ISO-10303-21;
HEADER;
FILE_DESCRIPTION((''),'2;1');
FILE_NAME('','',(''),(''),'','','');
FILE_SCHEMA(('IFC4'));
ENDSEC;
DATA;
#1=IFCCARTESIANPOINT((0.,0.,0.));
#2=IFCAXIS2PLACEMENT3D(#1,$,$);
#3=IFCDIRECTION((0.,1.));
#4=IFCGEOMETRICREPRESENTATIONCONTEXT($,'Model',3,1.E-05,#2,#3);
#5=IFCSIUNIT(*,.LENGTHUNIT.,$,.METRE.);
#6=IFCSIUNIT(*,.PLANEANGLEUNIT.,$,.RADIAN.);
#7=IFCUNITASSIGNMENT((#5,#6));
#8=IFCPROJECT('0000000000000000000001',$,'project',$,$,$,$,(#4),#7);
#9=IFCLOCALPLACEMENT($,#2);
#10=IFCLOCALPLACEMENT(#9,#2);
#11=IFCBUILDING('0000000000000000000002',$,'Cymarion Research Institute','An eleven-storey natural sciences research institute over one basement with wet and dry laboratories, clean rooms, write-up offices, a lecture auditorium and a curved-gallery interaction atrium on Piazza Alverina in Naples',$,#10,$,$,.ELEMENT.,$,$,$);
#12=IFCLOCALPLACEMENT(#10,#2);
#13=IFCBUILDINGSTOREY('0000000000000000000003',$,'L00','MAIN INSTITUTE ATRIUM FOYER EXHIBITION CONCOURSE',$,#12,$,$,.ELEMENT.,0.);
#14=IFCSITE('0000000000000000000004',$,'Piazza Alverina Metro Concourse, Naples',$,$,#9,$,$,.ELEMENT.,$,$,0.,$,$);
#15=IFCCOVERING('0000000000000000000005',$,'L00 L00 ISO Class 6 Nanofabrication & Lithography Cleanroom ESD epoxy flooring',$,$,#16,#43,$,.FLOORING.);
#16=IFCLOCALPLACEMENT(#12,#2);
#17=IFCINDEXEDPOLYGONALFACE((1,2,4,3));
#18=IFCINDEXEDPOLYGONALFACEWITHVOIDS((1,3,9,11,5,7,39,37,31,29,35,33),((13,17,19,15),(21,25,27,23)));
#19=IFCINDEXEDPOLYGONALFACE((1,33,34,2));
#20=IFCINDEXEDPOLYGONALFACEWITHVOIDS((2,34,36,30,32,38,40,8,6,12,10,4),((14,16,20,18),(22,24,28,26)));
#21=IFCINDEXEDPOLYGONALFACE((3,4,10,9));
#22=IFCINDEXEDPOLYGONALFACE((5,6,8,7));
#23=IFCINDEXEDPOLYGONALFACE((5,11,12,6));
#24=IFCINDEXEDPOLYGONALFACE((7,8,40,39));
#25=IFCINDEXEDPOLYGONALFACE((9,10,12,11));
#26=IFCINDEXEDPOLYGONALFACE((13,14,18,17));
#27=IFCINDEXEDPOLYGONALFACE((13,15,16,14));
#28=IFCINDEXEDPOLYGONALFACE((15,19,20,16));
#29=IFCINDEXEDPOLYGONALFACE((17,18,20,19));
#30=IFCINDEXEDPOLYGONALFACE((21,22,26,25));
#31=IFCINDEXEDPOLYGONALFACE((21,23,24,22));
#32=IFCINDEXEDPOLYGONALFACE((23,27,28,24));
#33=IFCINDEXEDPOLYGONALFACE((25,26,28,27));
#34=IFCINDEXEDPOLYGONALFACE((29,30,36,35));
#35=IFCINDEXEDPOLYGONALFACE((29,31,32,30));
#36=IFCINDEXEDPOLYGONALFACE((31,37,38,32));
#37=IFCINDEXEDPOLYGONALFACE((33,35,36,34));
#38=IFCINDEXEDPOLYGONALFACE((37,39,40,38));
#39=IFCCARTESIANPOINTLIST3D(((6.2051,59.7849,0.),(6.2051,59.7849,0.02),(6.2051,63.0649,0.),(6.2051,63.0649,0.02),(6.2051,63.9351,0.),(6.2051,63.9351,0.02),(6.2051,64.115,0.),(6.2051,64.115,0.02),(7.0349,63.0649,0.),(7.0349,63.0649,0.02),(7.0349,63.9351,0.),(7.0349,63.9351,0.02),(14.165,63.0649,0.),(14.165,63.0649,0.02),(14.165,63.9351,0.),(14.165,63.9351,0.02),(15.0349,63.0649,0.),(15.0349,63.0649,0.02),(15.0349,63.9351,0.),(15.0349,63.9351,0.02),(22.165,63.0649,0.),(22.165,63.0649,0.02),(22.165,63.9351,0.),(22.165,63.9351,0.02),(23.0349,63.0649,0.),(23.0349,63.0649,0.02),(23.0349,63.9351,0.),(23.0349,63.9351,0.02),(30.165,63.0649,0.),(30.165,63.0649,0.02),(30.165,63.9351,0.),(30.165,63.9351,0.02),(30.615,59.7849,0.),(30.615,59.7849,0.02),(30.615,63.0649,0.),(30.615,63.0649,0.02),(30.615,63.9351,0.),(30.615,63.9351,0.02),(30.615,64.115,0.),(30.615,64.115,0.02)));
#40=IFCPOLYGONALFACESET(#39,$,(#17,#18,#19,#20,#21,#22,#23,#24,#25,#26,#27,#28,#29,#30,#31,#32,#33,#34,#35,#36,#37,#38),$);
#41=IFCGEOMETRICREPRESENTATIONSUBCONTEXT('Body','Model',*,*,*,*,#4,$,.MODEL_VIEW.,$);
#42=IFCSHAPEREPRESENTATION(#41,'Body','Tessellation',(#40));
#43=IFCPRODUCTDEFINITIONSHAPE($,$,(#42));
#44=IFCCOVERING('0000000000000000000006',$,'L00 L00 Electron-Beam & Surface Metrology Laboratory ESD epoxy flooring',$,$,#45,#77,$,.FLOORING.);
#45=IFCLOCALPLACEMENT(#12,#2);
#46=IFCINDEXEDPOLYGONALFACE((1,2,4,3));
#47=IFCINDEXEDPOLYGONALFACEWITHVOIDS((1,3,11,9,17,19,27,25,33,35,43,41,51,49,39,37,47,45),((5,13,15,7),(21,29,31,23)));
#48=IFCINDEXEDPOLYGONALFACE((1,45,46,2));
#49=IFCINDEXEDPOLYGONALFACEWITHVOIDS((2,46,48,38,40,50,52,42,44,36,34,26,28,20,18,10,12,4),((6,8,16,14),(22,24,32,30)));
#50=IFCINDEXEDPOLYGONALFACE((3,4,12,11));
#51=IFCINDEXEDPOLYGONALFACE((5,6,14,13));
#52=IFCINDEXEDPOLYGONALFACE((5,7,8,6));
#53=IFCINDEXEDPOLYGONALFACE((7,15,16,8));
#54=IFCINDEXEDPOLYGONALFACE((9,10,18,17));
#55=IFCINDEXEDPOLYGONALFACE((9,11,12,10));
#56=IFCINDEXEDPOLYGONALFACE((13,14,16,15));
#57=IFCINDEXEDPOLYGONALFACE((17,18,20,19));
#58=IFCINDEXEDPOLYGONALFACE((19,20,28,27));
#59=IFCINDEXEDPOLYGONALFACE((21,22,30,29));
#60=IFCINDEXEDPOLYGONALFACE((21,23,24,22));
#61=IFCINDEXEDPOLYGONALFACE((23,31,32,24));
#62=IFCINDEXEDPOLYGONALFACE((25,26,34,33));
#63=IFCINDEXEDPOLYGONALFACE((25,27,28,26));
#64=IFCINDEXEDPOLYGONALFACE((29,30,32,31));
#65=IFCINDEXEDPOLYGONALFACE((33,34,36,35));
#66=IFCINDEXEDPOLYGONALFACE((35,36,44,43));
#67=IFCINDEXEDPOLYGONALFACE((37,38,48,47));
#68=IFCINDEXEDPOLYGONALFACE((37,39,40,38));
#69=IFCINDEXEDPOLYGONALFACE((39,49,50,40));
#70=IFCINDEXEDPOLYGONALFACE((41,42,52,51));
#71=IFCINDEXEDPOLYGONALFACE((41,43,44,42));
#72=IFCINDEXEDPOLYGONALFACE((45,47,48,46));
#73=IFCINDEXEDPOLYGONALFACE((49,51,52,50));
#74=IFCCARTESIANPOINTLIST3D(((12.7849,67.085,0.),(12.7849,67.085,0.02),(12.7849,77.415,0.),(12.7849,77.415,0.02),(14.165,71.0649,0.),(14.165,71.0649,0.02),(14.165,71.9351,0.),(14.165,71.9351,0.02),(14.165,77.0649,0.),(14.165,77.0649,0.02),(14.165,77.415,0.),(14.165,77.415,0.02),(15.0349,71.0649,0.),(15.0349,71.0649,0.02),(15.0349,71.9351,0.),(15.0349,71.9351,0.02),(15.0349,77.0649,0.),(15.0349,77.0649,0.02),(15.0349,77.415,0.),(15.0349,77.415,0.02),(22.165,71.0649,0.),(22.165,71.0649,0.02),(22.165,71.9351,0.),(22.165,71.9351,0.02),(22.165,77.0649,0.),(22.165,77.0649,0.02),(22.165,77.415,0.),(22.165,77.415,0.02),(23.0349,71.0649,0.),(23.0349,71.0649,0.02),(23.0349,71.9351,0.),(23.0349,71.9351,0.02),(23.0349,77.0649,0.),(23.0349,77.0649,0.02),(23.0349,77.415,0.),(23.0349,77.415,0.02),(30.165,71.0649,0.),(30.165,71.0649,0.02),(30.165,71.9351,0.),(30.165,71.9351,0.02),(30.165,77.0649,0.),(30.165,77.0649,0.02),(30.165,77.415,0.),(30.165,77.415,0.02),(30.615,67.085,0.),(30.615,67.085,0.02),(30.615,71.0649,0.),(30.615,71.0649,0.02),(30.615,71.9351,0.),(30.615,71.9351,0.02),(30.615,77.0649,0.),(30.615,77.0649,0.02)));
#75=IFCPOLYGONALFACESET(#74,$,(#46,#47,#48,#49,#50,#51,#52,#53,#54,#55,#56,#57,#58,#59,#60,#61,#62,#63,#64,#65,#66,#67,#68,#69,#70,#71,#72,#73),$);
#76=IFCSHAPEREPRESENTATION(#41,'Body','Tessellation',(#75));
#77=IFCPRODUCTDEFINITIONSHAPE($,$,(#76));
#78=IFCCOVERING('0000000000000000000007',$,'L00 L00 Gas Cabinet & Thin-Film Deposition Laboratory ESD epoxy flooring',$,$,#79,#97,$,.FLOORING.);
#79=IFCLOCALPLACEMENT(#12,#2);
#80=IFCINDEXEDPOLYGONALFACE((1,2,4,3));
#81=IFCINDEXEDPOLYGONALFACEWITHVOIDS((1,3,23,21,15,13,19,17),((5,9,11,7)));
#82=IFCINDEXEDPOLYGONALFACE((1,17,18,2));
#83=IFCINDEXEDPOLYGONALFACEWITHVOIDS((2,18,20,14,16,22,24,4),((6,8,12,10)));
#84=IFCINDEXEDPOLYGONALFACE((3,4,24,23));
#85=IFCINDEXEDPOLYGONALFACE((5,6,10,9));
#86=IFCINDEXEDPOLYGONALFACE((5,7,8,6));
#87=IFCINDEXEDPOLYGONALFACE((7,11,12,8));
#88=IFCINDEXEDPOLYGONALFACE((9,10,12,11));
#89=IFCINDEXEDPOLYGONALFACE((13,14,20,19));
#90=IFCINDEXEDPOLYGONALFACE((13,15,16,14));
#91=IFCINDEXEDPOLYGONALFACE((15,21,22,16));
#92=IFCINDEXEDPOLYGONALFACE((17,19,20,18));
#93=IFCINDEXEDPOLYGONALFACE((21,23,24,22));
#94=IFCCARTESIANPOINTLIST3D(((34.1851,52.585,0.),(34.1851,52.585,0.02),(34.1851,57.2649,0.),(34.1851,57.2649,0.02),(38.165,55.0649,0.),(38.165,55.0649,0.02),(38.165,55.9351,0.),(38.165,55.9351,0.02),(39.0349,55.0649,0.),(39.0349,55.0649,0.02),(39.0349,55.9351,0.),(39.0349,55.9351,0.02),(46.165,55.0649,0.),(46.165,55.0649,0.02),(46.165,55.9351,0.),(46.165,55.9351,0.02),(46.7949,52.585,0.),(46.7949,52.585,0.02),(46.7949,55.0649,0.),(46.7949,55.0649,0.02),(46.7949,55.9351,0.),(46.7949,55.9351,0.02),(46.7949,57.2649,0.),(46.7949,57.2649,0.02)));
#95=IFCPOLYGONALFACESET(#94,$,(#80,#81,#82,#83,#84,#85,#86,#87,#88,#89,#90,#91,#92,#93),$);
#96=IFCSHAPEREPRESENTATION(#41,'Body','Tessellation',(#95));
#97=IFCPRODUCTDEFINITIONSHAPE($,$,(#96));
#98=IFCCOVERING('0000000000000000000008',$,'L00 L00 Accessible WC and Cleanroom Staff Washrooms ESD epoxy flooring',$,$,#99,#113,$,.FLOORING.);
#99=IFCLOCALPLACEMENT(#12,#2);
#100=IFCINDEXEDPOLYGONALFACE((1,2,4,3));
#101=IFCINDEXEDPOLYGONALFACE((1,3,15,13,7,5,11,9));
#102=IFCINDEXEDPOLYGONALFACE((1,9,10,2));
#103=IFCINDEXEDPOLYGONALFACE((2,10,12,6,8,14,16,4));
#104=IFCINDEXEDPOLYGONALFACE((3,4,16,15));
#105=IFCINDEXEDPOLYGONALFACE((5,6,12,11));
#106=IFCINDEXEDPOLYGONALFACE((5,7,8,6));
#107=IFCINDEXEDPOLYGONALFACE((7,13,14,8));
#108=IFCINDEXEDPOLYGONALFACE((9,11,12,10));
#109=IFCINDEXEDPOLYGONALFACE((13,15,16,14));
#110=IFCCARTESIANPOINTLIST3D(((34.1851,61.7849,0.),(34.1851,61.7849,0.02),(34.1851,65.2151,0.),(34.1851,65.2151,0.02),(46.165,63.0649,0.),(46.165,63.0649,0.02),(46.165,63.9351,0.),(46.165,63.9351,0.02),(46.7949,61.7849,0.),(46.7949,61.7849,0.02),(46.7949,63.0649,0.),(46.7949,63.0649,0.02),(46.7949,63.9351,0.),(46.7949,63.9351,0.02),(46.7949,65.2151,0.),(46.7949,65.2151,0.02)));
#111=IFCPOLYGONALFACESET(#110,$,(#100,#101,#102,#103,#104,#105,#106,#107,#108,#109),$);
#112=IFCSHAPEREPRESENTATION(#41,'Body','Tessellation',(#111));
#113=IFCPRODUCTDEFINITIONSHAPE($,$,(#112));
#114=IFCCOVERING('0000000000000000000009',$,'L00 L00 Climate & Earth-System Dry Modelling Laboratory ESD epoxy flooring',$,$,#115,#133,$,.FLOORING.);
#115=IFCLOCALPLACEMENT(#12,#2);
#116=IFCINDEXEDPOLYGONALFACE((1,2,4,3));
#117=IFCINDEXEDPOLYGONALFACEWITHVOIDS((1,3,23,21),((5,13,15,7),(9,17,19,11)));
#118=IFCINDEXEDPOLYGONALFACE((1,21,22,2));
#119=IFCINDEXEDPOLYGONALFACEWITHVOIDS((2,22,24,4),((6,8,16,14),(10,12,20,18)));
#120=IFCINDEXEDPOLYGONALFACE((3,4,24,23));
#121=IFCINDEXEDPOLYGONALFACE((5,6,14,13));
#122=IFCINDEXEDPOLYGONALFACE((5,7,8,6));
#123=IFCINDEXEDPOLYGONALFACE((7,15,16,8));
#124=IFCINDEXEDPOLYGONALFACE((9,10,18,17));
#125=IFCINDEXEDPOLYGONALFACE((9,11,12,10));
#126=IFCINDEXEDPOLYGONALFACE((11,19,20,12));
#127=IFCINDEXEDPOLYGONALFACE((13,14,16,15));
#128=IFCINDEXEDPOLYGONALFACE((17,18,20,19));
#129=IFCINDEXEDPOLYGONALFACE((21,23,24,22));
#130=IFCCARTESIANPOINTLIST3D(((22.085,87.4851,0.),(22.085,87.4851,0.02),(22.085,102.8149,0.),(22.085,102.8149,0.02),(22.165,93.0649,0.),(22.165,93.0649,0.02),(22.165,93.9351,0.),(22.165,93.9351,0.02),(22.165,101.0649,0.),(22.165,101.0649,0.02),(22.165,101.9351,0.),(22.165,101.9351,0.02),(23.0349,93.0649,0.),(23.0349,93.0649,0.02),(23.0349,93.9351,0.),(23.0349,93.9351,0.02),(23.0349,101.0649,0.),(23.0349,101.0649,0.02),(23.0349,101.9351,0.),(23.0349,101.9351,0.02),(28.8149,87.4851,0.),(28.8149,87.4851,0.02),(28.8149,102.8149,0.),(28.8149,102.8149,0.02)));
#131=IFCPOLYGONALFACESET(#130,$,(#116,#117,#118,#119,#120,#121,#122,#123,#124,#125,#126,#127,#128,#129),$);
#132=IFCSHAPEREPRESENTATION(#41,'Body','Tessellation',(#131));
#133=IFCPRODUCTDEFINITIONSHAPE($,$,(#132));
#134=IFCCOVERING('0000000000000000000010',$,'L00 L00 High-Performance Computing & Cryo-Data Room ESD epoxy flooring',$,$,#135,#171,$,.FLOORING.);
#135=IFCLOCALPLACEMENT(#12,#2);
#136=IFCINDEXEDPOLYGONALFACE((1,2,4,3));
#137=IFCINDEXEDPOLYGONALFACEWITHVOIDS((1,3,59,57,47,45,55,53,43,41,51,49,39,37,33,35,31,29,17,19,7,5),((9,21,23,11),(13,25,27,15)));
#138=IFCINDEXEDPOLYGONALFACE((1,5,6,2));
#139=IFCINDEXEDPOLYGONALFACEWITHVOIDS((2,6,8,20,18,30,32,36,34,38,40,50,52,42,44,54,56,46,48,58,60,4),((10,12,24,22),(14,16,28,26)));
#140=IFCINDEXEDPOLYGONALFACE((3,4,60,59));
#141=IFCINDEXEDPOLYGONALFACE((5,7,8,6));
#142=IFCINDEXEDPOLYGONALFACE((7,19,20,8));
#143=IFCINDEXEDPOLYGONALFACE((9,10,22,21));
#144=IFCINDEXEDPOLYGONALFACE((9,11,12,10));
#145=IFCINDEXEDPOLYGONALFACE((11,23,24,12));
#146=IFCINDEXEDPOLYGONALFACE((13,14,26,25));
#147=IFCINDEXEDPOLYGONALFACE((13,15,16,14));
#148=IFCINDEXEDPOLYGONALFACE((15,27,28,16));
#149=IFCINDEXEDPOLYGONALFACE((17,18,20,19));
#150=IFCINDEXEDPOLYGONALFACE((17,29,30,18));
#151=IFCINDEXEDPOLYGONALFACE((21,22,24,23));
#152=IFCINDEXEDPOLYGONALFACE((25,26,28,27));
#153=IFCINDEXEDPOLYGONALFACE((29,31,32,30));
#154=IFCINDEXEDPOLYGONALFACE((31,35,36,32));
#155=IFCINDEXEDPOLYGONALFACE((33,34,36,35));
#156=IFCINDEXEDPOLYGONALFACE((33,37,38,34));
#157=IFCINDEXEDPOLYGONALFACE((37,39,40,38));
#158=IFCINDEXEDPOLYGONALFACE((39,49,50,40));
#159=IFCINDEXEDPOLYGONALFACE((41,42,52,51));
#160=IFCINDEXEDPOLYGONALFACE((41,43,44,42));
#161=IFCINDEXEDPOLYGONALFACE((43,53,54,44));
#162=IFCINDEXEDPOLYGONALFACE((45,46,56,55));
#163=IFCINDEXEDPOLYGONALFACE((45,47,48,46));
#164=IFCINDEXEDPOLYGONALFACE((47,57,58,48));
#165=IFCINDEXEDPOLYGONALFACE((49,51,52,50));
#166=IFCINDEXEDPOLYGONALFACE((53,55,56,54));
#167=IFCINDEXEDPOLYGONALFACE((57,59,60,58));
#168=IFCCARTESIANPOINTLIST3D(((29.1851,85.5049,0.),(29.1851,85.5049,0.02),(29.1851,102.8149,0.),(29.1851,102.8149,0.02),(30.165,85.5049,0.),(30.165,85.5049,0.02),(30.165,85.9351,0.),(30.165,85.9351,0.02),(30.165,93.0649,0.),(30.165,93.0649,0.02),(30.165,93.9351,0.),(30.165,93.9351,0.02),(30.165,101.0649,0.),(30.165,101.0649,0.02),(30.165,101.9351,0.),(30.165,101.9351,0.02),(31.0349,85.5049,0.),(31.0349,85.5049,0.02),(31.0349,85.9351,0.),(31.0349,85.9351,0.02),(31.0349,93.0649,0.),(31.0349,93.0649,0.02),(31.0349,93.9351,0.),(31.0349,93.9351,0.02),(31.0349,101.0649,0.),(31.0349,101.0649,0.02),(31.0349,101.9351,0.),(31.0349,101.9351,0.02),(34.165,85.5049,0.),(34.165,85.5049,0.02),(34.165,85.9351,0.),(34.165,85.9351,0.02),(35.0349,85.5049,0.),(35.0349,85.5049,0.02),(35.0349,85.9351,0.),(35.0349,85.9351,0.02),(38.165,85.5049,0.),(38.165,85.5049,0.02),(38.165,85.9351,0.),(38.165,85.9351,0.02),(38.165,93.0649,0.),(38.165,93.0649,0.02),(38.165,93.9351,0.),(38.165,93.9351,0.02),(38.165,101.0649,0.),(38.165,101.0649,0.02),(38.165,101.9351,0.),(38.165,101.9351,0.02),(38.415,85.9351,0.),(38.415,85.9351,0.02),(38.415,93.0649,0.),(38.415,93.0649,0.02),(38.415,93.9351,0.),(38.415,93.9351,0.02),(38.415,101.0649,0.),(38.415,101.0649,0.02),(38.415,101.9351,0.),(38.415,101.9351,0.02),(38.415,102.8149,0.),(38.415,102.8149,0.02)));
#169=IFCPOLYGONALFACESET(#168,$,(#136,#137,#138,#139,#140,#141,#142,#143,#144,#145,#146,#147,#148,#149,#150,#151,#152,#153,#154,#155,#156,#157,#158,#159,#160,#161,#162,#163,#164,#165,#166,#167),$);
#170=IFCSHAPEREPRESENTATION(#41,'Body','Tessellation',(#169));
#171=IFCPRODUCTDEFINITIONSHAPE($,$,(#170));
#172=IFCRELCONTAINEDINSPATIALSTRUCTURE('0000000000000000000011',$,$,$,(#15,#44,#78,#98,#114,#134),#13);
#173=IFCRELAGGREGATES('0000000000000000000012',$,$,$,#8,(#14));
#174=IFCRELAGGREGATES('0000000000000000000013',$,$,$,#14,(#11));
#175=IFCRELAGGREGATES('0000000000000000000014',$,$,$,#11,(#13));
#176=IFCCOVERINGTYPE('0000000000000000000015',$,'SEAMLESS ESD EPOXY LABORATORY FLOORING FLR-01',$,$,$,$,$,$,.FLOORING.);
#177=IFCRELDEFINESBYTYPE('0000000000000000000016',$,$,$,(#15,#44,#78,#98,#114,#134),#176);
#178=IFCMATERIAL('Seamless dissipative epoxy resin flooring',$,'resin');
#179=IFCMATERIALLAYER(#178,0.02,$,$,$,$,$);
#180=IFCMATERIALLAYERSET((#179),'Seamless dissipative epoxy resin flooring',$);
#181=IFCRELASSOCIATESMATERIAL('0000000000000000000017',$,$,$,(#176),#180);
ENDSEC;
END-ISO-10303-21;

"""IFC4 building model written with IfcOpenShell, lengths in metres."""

from ifc_helpers import new_model, si_unit, direction, origin, place, context, subcontext, project, spatial, polyline, outline, extrude, material, layer, layer_set, type_object, element, save


model = new_model("IFC4")

# Units and contexts
model_context = context("Model", 3, precision=1e-05, world=origin(), true_north=direction((0.0, 1.0)))
body_context = subcontext(model_context, "Body", "Model", "MODEL_VIEW")
ifc_project = project(units=[si_unit("LENGTHUNIT", "METRE"), si_unit("PLANEANGLEUNIT", "RADIAN")], contexts=[model_context])

# Site, building, storey
site_placement = place(None, origin())
site = spatial("IfcSite", under=ifc_project, at=site_placement, Name="Piazza Alverina Metro Concourse, Naples", CompositionType="ELEMENT", RefElevation=0.0)
building_placement = place(site_placement, origin())
building = spatial("IfcBuilding", under=site, at=building_placement, Name="Cymarion Research Institute", Description="An eleven-storey natural sciences research institute over one basement with wet and dry laboratories, clean rooms, write-up offices, a lecture auditorium and a curved-gallery interaction atrium on Piazza Alverina in Naples", CompositionType="ELEMENT")
storey_placement = place(building_placement, origin())
storey = spatial("IfcBuildingStorey", under=building, at=storey_placement, Name="L00", Description="MAIN INSTITUTE ATRIUM FOYER EXHIBITION CONCOURSE", CompositionType="ELEMENT", Elevation=0.0)

# Coverings
ifc_material_1 = material(Name="Seamless dissipative epoxy resin flooring", Category="resin")
ifc_layer_1 = layer(ifc_material_1, 0.02)
ifc_layer_set_1 = layer_set([ifc_layer_1], Name="Seamless dissipative epoxy resin flooring")
covering_type_1 = type_object("IfcCoveringType", Name="SEAMLESS ESD EPOXY LABORATORY FLOORING FLR-01", PredefinedType="FLOORING", material=ifc_layer_set_1)
covering_1_placement = place(storey_placement, origin())
element("IfcCovering", 1, at=covering_1_placement, inside=storey, type_object=covering_type_1, Name="L00 L00 ISO Class 6 Nanofabrication & Lithography Cleanroom ESD epoxy flooring", PredefinedType="FLOORING", context=body_context, shape_type="SweptSolid", body=[
    extrude(outline(polyline([(6.2051, 63.0649), (7.0349, 63.0649), (7.0349, 63.9351), (6.2051, 63.9351), (6.2051, 64.115), (30.615, 64.115), (30.615, 63.9351), (30.165, 63.9351), (30.165, 63.0649), (30.615, 63.0649), (30.615, 59.7849), (6.2051, 59.7849), (6.2051, 63.0649)]), holes=[polyline([(23.0349, 63.9351), (22.165, 63.9351), (22.165, 63.0649), (23.0349, 63.0649), (23.0349, 63.9351)]), polyline([(15.0349, 63.9351), (14.165, 63.9351), (14.165, 63.0649), (15.0349, 63.0649), (15.0349, 63.9351)])]), origin(), (0.0, 0.0, 1.0), 0.02),
])
covering_2_placement = place(storey_placement, origin())
element("IfcCovering", 2, at=covering_2_placement, inside=storey, type_object=covering_type_1, Name="L00 L00 Electron-Beam & Surface Metrology Laboratory ESD epoxy flooring", PredefinedType="FLOORING", context=body_context, shape_type="SweptSolid", body=[
    extrude(outline(polyline([(12.7849, 77.415), (14.165, 77.415), (14.165, 77.0649), (15.0349, 77.0649), (15.0349, 77.415), (22.165, 77.415), (22.165, 77.0649), (23.0349, 77.0649), (23.0349, 77.415), (30.165, 77.415), (30.165, 77.0649), (30.615, 77.0649), (30.615, 71.9351), (30.165, 71.9351), (30.165, 71.0649), (30.615, 71.0649), (30.615, 67.085), (12.7849, 67.085), (12.7849, 77.415)]), holes=[polyline([(23.0349, 71.9351), (22.165, 71.9351), (22.165, 71.0649), (23.0349, 71.0649), (23.0349, 71.9351)]), polyline([(15.0349, 71.9351), (14.165, 71.9351), (14.165, 71.0649), (15.0349, 71.0649), (15.0349, 71.9351)])]), origin(), (0.0, 0.0, 1.0), 0.02),
])
covering_3_placement = place(storey_placement, origin())
element("IfcCovering", 3, at=covering_3_placement, inside=storey, type_object=covering_type_1, Name="L00 L00 Gas Cabinet & Thin-Film Deposition Laboratory ESD epoxy flooring", PredefinedType="FLOORING", context=body_context, shape_type="SweptSolid", body=[
    extrude(outline(polyline([(34.1851, 57.2649), (46.7949, 57.2649), (46.7949, 55.9351), (46.165, 55.9351), (46.165, 55.0649), (46.7949, 55.0649), (46.7949, 52.585), (34.1851, 52.585), (34.1851, 57.2649)]), holes=[polyline([(39.0349, 55.9351), (38.165, 55.9351), (38.165, 55.0649), (39.0349, 55.0649), (39.0349, 55.9351)])]), origin(), (0.0, 0.0, 1.0), 0.02),
])
covering_4_placement = place(storey_placement, origin())
element("IfcCovering", 4, at=covering_4_placement, inside=storey, type_object=covering_type_1, Name="L00 L00 Accessible WC and Cleanroom Staff Washrooms ESD epoxy flooring", PredefinedType="FLOORING", context=body_context, shape_type="SweptSolid", body=[
    extrude(outline(polyline([(34.1851, 65.2151), (46.7949, 65.2151), (46.7949, 63.9351), (46.165, 63.9351), (46.165, 63.0649), (46.7949, 63.0649), (46.7949, 61.7849), (34.1851, 61.7849), (34.1851, 65.2151)])), origin(), (0.0, 0.0, 1.0), 0.02),
])
covering_5_placement = place(storey_placement, origin())
element("IfcCovering", 5, at=covering_5_placement, inside=storey, type_object=covering_type_1, Name="L00 L00 Climate & Earth-System Dry Modelling Laboratory ESD epoxy flooring", PredefinedType="FLOORING", context=body_context, shape_type="SweptSolid", body=[
    extrude(outline(polyline([(22.085, 102.8149), (28.8149, 102.8149), (28.8149, 87.4851), (22.085, 87.4851), (22.085, 102.8149)]), holes=[polyline([(23.0349, 93.9351), (22.165, 93.9351), (22.165, 93.0649), (23.0349, 93.0649), (23.0349, 93.9351)]), polyline([(23.0349, 101.9351), (22.165, 101.9351), (22.165, 101.0649), (23.0349, 101.0649), (23.0349, 101.9351)])]), origin(), (0.0, 0.0, 1.0), 0.02),
])
covering_6_placement = place(storey_placement, origin())
element("IfcCovering", 6, at=covering_6_placement, inside=storey, type_object=covering_type_1, Name="L00 L00 High-Performance Computing & Cryo-Data Room ESD epoxy flooring", PredefinedType="FLOORING", context=body_context, shape_type="SweptSolid", body=[
    extrude(outline(polyline([(38.415, 102.8149), (38.415, 101.9351), (38.165, 101.9351), (38.165, 101.0649), (38.415, 101.0649), (38.415, 93.9351), (38.165, 93.9351), (38.165, 93.0649), (38.415, 93.0649), (38.415, 85.9351), (38.165, 85.9351), (38.165, 85.5049), (35.0349, 85.5049), (35.0349, 85.9351), (34.165, 85.9351), (34.165, 85.5049), (31.0349, 85.5049), (31.0349, 85.9351), (30.165, 85.9351), (30.165, 85.5049), (29.1851, 85.5049), (29.1851, 102.8149), (38.415, 102.8149)]), holes=[polyline([(31.0349, 93.9351), (30.165, 93.9351), (30.165, 93.0649), (31.0349, 93.0649), (31.0349, 93.9351)]), polyline([(31.0349, 101.9351), (30.165, 101.9351), (30.165, 101.0649), (31.0349, 101.0649), (31.0349, 101.9351)])]), origin(), (0.0, 0.0, 1.0), 0.02),
])

save(model, "model.ifc")
